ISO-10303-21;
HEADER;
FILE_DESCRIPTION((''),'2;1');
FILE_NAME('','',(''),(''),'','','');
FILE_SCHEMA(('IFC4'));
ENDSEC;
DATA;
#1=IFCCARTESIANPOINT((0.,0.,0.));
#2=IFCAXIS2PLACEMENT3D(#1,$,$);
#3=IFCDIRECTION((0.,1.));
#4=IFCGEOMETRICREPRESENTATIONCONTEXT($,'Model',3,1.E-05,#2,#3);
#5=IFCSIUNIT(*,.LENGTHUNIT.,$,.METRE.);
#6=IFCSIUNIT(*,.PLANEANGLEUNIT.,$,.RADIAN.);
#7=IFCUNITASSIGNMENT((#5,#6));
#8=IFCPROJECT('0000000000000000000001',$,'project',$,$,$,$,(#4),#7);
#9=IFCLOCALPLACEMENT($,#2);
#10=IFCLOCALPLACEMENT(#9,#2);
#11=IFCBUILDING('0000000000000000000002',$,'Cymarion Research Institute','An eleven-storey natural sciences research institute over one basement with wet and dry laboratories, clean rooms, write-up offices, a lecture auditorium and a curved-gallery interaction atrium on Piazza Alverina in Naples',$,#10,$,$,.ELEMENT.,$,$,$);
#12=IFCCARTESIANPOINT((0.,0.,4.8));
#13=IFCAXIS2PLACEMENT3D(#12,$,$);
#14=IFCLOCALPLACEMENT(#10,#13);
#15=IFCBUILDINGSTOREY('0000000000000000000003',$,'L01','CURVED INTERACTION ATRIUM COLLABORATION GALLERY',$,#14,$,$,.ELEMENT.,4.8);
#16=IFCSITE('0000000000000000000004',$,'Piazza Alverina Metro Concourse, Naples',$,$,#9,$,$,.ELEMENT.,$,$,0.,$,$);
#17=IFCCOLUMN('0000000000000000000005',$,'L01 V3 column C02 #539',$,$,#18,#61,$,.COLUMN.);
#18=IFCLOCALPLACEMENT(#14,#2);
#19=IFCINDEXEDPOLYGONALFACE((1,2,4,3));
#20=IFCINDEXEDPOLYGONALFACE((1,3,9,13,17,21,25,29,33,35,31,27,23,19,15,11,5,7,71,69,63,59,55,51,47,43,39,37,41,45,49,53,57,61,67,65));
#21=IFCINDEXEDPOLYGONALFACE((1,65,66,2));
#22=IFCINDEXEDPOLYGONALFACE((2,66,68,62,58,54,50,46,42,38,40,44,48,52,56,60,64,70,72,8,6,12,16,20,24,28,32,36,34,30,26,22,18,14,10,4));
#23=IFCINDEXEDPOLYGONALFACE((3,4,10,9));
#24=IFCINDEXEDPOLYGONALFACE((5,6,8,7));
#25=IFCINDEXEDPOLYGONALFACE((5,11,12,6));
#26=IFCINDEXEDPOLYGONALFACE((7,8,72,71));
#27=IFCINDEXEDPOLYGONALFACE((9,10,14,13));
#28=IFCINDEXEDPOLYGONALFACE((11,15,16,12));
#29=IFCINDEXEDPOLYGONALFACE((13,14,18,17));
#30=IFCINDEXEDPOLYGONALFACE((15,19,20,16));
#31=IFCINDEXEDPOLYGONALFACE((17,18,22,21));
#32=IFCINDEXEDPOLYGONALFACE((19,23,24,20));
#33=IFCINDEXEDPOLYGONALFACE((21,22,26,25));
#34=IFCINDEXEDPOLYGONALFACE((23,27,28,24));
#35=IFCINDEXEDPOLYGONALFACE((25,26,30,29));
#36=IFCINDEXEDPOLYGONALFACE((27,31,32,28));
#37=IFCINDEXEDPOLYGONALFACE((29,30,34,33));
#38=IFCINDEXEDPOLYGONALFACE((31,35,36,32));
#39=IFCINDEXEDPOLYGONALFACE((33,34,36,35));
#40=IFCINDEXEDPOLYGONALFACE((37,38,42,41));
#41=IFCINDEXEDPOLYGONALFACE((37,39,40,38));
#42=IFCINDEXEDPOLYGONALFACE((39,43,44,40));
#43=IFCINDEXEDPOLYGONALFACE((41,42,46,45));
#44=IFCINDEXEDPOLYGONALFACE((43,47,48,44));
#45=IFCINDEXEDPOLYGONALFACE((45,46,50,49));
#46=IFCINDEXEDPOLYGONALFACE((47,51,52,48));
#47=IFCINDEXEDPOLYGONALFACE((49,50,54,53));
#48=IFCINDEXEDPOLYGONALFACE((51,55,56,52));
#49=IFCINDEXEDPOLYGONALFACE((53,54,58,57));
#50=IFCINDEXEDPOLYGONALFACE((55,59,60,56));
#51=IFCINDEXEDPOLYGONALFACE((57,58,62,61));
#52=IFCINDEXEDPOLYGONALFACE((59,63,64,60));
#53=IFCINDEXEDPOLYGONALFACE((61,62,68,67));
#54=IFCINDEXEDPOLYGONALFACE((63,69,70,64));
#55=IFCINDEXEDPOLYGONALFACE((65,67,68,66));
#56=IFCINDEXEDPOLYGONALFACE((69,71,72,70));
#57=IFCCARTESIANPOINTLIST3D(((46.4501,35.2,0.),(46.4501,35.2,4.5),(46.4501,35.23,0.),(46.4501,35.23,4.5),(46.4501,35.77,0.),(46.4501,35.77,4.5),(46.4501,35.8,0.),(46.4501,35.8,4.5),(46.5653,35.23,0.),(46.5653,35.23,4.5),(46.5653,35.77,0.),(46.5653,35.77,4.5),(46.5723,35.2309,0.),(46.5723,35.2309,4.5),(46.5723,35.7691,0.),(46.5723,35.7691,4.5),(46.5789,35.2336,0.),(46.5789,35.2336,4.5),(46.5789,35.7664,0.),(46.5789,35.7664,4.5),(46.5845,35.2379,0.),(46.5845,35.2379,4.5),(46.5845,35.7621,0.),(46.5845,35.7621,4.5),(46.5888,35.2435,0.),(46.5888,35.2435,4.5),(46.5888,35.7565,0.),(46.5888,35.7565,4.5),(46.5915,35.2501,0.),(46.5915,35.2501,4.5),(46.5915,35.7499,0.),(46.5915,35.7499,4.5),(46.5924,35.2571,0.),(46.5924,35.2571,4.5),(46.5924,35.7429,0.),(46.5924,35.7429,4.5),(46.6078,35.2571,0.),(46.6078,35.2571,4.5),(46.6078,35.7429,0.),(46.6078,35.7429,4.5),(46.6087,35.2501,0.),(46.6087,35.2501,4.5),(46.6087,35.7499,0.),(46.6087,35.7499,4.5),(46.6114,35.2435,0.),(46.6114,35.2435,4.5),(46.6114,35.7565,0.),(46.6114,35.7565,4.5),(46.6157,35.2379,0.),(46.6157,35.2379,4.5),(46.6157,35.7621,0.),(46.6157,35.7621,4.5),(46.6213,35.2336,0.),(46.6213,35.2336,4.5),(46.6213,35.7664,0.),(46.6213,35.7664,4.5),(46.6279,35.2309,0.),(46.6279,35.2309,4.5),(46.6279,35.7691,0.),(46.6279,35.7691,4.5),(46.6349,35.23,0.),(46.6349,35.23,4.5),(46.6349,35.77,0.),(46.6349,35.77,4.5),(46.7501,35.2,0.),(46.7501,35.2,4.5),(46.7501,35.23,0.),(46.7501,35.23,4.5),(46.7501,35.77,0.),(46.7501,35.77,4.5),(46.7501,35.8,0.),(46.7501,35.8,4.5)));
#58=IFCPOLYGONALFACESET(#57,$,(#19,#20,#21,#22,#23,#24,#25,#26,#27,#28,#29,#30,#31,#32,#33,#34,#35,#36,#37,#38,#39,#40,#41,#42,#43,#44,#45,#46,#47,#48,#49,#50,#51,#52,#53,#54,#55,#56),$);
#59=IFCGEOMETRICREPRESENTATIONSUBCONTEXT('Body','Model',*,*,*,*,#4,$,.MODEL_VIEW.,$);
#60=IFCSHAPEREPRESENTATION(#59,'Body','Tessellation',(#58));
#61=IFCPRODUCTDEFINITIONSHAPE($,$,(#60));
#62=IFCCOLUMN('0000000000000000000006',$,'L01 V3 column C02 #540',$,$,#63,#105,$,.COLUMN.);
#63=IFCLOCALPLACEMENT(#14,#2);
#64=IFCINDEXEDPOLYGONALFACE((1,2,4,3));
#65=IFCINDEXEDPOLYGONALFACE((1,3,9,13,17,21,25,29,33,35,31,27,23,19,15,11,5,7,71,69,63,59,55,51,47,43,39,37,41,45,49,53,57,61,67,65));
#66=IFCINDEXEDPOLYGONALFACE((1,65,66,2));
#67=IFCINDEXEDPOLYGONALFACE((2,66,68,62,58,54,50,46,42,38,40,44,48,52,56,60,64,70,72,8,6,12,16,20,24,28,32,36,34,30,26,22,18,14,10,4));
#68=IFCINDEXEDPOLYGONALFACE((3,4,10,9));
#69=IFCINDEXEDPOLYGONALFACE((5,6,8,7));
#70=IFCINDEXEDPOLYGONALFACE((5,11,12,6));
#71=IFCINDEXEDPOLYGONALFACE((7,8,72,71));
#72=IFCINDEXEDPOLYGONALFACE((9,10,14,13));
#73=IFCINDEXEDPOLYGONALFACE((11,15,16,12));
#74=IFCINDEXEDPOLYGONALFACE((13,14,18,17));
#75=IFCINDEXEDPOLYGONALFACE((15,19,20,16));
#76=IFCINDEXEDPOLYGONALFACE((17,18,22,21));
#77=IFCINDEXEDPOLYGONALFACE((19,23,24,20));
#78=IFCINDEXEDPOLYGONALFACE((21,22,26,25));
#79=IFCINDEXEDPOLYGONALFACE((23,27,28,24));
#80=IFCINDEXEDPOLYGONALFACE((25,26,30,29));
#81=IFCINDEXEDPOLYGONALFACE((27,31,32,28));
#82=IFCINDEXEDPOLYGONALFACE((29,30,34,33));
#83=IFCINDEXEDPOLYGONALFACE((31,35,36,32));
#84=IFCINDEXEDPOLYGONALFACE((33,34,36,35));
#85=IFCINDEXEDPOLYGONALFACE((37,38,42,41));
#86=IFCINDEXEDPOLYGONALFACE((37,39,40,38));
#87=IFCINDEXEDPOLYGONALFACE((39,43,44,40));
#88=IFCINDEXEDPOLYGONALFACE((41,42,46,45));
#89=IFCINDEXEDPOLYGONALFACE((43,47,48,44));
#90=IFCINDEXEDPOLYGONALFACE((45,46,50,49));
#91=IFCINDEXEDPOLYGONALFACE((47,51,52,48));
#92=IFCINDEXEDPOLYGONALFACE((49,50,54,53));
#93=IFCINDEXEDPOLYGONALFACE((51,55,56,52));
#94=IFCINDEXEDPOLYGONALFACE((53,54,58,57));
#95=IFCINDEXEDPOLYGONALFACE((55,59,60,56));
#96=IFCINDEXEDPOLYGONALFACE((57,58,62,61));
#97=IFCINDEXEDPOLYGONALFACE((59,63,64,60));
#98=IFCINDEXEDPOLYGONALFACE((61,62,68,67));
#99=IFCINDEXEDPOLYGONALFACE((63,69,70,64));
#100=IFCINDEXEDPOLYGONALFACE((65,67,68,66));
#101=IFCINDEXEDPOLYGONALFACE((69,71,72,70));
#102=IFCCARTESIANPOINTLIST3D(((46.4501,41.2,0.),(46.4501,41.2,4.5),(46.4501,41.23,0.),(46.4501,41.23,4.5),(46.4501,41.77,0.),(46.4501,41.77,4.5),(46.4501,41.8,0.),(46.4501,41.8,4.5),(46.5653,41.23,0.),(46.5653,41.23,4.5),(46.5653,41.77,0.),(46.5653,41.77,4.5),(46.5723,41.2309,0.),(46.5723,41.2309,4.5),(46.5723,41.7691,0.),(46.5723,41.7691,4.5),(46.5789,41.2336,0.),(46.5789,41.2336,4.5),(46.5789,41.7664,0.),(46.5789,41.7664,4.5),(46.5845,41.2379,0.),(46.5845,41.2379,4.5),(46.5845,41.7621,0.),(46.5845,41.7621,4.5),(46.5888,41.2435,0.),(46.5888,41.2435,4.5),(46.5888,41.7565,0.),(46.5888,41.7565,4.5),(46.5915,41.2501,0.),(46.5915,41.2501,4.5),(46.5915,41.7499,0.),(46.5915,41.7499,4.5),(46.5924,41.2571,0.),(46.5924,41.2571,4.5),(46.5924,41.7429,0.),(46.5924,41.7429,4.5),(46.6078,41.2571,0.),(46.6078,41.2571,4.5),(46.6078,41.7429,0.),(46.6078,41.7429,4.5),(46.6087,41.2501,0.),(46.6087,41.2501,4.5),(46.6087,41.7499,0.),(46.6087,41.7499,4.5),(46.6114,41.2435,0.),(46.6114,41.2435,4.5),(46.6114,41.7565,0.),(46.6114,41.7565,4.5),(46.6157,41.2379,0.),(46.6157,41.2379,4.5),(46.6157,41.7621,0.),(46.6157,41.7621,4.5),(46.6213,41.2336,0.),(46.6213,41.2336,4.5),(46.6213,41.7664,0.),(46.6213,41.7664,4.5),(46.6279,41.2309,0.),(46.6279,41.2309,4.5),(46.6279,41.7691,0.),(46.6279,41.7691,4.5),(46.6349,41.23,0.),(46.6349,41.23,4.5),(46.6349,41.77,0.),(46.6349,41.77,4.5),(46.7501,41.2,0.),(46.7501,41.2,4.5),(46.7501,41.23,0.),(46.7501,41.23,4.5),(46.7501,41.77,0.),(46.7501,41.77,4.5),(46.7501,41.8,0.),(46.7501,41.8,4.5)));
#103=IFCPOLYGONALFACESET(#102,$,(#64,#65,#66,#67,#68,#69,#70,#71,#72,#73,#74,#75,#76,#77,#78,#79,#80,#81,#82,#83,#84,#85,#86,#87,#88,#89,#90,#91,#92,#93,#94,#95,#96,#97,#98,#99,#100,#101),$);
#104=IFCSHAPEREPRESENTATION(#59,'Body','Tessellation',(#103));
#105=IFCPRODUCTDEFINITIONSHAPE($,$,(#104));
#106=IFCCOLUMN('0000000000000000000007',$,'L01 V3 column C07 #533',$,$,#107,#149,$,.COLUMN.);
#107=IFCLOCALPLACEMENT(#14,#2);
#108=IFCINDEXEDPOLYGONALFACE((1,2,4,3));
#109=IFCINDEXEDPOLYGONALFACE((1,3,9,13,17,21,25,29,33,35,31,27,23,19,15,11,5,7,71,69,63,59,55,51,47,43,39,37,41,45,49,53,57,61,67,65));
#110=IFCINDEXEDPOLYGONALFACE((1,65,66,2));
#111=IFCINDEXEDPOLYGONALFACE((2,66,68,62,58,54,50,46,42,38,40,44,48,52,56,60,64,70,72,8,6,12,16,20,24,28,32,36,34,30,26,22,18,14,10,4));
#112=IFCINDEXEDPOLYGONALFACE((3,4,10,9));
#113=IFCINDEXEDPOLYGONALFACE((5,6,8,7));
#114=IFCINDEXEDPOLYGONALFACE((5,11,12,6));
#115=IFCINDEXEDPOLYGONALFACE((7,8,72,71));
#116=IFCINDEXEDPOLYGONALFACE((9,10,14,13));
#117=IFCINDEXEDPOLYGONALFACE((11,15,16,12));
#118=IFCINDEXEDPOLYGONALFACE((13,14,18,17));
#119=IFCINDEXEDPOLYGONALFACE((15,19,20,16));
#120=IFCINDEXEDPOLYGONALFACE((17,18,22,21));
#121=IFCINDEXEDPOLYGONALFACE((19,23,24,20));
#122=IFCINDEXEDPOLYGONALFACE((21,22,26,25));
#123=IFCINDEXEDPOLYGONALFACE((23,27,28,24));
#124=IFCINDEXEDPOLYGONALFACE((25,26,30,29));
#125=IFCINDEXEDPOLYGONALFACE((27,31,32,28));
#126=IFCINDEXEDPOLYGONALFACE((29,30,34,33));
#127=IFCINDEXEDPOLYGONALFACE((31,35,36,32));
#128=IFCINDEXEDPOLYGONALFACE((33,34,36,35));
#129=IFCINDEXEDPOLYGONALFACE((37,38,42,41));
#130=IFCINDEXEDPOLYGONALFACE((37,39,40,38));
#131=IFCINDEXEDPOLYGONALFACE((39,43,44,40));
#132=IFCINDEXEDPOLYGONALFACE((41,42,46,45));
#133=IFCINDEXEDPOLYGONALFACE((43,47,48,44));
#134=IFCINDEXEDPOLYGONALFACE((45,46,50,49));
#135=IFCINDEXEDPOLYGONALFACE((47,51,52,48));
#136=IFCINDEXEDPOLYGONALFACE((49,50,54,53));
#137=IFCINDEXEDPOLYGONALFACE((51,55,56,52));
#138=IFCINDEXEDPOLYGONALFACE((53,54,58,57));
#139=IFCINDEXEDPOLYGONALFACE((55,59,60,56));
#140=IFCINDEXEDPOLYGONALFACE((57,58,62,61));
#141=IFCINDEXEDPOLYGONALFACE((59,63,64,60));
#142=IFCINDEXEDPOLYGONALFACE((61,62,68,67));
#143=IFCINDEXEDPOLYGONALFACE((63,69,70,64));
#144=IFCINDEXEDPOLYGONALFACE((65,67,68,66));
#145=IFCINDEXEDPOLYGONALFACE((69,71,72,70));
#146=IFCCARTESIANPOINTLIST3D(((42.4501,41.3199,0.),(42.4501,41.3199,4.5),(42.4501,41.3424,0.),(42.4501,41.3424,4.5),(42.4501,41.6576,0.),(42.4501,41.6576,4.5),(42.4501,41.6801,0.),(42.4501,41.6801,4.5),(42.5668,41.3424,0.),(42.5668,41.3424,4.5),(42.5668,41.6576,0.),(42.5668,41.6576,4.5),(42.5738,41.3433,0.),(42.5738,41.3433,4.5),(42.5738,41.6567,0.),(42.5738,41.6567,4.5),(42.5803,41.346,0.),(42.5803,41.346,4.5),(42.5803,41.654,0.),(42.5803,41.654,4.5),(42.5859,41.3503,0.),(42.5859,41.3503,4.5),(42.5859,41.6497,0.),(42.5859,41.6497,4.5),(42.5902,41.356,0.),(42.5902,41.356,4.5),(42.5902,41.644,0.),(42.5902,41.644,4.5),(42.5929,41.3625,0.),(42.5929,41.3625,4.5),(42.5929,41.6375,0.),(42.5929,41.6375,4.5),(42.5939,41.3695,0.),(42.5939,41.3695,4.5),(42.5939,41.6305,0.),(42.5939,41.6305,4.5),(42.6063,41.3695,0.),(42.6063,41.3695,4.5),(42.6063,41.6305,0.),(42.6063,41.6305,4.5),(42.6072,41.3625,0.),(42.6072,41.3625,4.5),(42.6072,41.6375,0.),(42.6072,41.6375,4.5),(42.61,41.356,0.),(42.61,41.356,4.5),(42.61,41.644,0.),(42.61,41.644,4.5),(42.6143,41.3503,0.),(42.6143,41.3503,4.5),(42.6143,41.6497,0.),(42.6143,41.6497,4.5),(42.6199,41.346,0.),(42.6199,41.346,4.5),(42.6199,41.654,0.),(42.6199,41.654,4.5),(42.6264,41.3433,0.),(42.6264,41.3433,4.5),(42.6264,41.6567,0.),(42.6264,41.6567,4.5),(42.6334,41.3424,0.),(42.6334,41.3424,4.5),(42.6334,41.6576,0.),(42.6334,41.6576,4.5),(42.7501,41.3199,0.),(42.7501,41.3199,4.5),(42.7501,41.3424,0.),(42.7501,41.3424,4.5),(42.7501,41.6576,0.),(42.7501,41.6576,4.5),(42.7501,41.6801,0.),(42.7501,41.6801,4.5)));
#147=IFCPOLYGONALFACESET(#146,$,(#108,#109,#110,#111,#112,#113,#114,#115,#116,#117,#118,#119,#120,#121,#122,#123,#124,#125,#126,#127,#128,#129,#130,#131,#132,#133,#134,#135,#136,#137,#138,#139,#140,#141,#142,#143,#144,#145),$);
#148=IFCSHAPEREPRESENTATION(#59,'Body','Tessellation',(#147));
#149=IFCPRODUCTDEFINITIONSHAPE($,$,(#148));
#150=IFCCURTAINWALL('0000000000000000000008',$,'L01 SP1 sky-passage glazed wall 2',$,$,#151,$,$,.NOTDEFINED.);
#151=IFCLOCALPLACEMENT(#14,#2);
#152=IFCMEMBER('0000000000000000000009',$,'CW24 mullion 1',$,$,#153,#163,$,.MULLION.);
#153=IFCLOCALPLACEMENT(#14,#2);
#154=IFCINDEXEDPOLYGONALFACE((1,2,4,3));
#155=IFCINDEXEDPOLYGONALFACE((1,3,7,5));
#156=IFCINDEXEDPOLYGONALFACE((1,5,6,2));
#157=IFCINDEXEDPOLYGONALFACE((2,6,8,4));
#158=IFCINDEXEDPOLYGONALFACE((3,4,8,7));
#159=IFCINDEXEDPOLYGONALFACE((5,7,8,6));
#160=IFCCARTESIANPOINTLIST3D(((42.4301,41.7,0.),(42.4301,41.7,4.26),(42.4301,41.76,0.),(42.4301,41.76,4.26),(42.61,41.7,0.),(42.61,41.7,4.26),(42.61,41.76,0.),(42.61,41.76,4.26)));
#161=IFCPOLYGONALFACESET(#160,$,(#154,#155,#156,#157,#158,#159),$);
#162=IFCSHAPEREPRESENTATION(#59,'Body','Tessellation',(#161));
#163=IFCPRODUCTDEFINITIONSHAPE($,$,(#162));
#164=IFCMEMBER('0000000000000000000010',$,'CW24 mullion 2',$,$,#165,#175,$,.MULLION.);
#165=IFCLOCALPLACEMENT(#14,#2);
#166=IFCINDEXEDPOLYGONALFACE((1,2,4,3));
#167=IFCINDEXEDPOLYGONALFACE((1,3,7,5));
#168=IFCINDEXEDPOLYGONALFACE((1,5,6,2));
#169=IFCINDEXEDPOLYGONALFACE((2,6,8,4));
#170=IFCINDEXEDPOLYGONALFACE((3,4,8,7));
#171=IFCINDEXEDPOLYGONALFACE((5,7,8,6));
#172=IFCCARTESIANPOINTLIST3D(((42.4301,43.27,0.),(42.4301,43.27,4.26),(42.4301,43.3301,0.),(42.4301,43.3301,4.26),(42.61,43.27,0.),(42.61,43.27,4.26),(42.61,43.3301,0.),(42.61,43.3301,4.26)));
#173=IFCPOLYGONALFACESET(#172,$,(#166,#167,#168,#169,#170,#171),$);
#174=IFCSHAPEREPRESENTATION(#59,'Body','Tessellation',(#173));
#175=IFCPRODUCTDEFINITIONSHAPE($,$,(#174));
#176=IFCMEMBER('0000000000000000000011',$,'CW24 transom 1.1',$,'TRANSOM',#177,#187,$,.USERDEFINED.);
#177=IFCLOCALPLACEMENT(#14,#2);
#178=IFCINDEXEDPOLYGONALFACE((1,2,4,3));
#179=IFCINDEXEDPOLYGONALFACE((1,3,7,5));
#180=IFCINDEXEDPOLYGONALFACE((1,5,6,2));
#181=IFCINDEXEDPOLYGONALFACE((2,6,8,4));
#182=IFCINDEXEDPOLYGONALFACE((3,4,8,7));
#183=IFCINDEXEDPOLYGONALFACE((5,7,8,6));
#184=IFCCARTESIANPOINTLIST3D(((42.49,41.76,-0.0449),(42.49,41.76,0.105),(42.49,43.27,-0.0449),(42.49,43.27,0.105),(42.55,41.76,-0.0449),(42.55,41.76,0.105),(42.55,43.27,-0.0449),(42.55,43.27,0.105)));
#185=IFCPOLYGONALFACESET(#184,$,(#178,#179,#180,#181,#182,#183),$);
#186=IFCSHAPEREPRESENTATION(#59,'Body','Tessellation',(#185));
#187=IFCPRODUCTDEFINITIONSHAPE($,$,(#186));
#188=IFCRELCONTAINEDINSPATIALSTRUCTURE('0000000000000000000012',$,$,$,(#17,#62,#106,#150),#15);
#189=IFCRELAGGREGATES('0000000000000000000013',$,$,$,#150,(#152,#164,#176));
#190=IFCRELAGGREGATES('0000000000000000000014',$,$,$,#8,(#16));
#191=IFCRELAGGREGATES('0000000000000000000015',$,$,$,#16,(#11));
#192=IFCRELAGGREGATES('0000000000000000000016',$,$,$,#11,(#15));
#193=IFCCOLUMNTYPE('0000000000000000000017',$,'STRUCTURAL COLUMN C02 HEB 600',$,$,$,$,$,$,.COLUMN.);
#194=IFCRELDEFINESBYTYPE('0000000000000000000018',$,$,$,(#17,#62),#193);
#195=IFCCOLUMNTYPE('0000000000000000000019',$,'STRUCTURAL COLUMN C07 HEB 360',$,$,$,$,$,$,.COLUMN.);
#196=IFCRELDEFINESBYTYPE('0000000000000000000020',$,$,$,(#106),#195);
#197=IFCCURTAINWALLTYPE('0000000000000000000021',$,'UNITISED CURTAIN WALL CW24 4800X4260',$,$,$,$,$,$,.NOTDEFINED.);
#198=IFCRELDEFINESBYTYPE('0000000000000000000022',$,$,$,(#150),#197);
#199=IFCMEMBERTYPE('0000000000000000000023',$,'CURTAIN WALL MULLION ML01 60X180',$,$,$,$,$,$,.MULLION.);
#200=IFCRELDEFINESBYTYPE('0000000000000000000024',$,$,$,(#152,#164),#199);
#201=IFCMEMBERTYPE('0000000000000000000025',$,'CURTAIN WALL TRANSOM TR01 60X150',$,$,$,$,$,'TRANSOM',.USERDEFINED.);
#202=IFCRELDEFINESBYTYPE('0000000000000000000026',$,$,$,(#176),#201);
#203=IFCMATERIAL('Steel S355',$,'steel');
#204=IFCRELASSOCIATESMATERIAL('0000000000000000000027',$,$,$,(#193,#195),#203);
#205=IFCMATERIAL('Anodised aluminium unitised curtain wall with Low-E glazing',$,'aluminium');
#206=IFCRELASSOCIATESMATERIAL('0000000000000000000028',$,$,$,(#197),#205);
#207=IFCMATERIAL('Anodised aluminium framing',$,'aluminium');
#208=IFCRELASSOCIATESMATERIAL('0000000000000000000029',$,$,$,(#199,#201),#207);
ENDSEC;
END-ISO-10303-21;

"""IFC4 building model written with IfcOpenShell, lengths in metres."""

from ifc_helpers import new_model, si_unit, direction, frame, origin, origin_2d, place, context, subcontext, project, spatial, rectangle, i_section, extrude, material, material_profile, profile_set, type_object, element, aggregate, save


model = new_model("IFC4")

# Units and contexts
model_context = context("Model", 3, precision=1e-05, world=origin(), true_north=direction((0.0, 1.0)))
body_context = subcontext(model_context, "Body", "Model", "MODEL_VIEW")
ifc_project = project(units=[si_unit("LENGTHUNIT", "METRE"), si_unit("PLANEANGLEUNIT", "RADIAN")], contexts=[model_context])

# Site, building, storey
site_placement = place(None, origin())
site = spatial("IfcSite", under=ifc_project, at=site_placement, Name="Piazza Alverina Metro Concourse, Naples", CompositionType="ELEMENT", RefElevation=0.0)
building_placement = place(site_placement, origin())
building = spatial("IfcBuilding", under=site, at=building_placement, Name="Cymarion Research Institute", Description="An eleven-storey natural sciences research institute over one basement with wet and dry laboratories, clean rooms, write-up offices, a lecture auditorium and a curved-gallery interaction atrium on Piazza Alverina in Naples", CompositionType="ELEMENT")
storey_placement = place(building_placement, frame((0.0, 0.0, 4.8)))
storey = spatial("IfcBuildingStorey", under=building, at=storey_placement, Name="L01", Description="CURVED INTERACTION ATRIUM COLLABORATION GALLERY", CompositionType="ELEMENT", Elevation=4.8)

# Columns
ifc_material_1 = material(Name="Steel S355", Category="steel")
ifc_material_profile_1 = material_profile(ifc_material_1, i_section(OverallWidth=0.3, OverallDepth=0.6001, WebThickness=0.0154, FlangeThickness=0.03, FilletRadius=0.0271, at=origin_2d()), Name="HEB 600")
ifc_profile_set_1 = profile_set([ifc_material_profile_1], Name="Steel S355")
column_type_1 = type_object("IfcColumnType", Name="STRUCTURAL COLUMN C02 HEB 600", PredefinedType="COLUMN", material=ifc_profile_set_1)
for number, where, z_axis, x_axis, name in (
    (1, (46.6001, 35.5, 0.0), (0.0, 0.0, 1.0), (1.0, 0.0, 0.0), "L01 V3 column C02 #539"),
    (2, (46.6001, 41.5, 0.0), (0.0, 0.0, 1.0), (1.0, 0.0, 0.0), "L01 V3 column C02 #540"),
):
    element("IfcColumn", number, at=place(storey_placement, frame(where, z_axis=z_axis, x_axis=x_axis)), inside=storey, type_object=column_type_1, Name=name, PredefinedType="COLUMN", context=body_context, shape_type="SweptSolid", body=[
        extrude(i_section(OverallWidth=0.3, OverallDepth=0.6001, WebThickness=0.0154, FlangeThickness=0.03, FilletRadius=0.0271, at=origin_2d()), origin(), (0.0, 0.0, 1.0), 4.5),
    ])
ifc_material_profile_2 = material_profile(ifc_material_1, i_section(OverallWidth=0.3, OverallDepth=0.3601, WebThickness=0.0125, FlangeThickness=0.0225, FilletRadius=0.0271, at=origin_2d()), Name="HEB 360")
ifc_profile_set_2 = profile_set([ifc_material_profile_2], Name="Steel S355")
column_type_2 = type_object("IfcColumnType", Name="STRUCTURAL COLUMN C07 HEB 360", PredefinedType="COLUMN", material=ifc_profile_set_2)
column_placement = place(storey_placement, frame((42.6001, 41.5, 0.0), z_axis=(0.0, 0.0, 1.0), x_axis=(1.0, 0.0, 0.0)))
element("IfcColumn", 3, at=column_placement, inside=storey, type_object=column_type_2, Name="L01 V3 column C07 #533", PredefinedType="COLUMN", context=body_context, shape_type="SweptSolid", body=[
    extrude(i_section(OverallWidth=0.3, OverallDepth=0.3601, WebThickness=0.0125, FlangeThickness=0.0225, FilletRadius=0.0271, at=origin_2d()), origin(), (0.0, 0.0, 1.0), 4.5),
])

# Curtain wall, members
ifc_material_2 = material(Name="Anodised aluminium unitised curtain wall with Low-E glazing", Category="aluminium")
curtain_wall_type = type_object("IfcCurtainWallType", Name="UNITISED CURTAIN WALL CW24 4800X4260", PredefinedType="NOTDEFINED", material=ifc_material_2)
curtain_wall_placement = place(storey_placement, origin())
curtain_wall = element("IfcCurtainWall", 4, at=curtain_wall_placement, inside=storey, type_object=curtain_wall_type, Name="L01 SP1 sky-passage glazed wall 2", PredefinedType="NOTDEFINED")
ifc_material_3 = material(Name="Anodised aluminium framing", Category="aluminium")
ifc_material_profile_3 = material_profile(ifc_material_3, rectangle(XDim=0.0601, YDim=0.1799, at=origin_2d()), Name="ALU MULLION 60x180")
ifc_profile_set_3 = profile_set([ifc_material_profile_3], Name="Anodised aluminium framing")
member_type_1 = type_object("IfcMemberType", Name="CURTAIN WALL MULLION ML01 60X180", PredefinedType="MULLION", material=ifc_profile_set_3)
member_1_placement = place(storey_placement, frame((42.52, 41.73, 0.0), z_axis=(0.0, 0.0, 1.0), x_axis=(0.0, 1.0, 0.0)))
member_1 = element("IfcMember", 5, at=member_1_placement, type_object=member_type_1, Name="CW24 mullion 1", PredefinedType="MULLION", context=body_context, shape_type="SweptSolid", body=[
    extrude(rectangle(XDim=0.0601, YDim=0.1799, at=origin_2d()), origin(), (0.0, 0.0, 1.0), 4.26),
])
member_2_placement = place(storey_placement, frame((42.52, 43.3, 0.0), z_axis=(0.0, 0.0, 1.0), x_axis=(0.0, 1.0, 0.0)))
member_2 = element("IfcMember", 6, at=member_2_placement, type_object=member_type_1, Name="CW24 mullion 2", PredefinedType="MULLION", context=body_context, shape_type="SweptSolid", body=[
    extrude(rectangle(XDim=0.0601, YDim=0.1799, at=origin_2d()), origin(), (0.0, 0.0, 1.0), 4.26),
])
ifc_material_profile_4 = material_profile(ifc_material_3, rectangle(XDim=0.0601, YDim=0.1499, at=origin_2d()), Name="ALU TRANSOM 60x150")
ifc_profile_set_4 = profile_set([ifc_material_profile_4], Name="Anodised aluminium framing")
member_type_2 = type_object("IfcMemberType", Name="CURTAIN WALL TRANSOM TR01 60X150", ElementType="TRANSOM", PredefinedType="USERDEFINED", material=ifc_profile_set_4)
member_3_placement = place(storey_placement, frame((42.52, 41.76, 0.03), z_axis=(0.0, 1.0, 0.0), x_axis=(-1.0, 0.0, 0.0)))
member_3 = element("IfcMember", 7, at=member_3_placement, type_object=member_type_2, Name="CW24 transom 1.1", ObjectType="TRANSOM", PredefinedType="USERDEFINED", context=body_context, shape_type="SweptSolid", body=[
    extrude(rectangle(XDim=0.0601, YDim=0.1499, at=origin_2d()), origin(), (0.0, 0.0, 1.0), 1.51),
])

aggregate(curtain_wall, [member_1, member_2, member_3])

save(model, "model.ifc")
